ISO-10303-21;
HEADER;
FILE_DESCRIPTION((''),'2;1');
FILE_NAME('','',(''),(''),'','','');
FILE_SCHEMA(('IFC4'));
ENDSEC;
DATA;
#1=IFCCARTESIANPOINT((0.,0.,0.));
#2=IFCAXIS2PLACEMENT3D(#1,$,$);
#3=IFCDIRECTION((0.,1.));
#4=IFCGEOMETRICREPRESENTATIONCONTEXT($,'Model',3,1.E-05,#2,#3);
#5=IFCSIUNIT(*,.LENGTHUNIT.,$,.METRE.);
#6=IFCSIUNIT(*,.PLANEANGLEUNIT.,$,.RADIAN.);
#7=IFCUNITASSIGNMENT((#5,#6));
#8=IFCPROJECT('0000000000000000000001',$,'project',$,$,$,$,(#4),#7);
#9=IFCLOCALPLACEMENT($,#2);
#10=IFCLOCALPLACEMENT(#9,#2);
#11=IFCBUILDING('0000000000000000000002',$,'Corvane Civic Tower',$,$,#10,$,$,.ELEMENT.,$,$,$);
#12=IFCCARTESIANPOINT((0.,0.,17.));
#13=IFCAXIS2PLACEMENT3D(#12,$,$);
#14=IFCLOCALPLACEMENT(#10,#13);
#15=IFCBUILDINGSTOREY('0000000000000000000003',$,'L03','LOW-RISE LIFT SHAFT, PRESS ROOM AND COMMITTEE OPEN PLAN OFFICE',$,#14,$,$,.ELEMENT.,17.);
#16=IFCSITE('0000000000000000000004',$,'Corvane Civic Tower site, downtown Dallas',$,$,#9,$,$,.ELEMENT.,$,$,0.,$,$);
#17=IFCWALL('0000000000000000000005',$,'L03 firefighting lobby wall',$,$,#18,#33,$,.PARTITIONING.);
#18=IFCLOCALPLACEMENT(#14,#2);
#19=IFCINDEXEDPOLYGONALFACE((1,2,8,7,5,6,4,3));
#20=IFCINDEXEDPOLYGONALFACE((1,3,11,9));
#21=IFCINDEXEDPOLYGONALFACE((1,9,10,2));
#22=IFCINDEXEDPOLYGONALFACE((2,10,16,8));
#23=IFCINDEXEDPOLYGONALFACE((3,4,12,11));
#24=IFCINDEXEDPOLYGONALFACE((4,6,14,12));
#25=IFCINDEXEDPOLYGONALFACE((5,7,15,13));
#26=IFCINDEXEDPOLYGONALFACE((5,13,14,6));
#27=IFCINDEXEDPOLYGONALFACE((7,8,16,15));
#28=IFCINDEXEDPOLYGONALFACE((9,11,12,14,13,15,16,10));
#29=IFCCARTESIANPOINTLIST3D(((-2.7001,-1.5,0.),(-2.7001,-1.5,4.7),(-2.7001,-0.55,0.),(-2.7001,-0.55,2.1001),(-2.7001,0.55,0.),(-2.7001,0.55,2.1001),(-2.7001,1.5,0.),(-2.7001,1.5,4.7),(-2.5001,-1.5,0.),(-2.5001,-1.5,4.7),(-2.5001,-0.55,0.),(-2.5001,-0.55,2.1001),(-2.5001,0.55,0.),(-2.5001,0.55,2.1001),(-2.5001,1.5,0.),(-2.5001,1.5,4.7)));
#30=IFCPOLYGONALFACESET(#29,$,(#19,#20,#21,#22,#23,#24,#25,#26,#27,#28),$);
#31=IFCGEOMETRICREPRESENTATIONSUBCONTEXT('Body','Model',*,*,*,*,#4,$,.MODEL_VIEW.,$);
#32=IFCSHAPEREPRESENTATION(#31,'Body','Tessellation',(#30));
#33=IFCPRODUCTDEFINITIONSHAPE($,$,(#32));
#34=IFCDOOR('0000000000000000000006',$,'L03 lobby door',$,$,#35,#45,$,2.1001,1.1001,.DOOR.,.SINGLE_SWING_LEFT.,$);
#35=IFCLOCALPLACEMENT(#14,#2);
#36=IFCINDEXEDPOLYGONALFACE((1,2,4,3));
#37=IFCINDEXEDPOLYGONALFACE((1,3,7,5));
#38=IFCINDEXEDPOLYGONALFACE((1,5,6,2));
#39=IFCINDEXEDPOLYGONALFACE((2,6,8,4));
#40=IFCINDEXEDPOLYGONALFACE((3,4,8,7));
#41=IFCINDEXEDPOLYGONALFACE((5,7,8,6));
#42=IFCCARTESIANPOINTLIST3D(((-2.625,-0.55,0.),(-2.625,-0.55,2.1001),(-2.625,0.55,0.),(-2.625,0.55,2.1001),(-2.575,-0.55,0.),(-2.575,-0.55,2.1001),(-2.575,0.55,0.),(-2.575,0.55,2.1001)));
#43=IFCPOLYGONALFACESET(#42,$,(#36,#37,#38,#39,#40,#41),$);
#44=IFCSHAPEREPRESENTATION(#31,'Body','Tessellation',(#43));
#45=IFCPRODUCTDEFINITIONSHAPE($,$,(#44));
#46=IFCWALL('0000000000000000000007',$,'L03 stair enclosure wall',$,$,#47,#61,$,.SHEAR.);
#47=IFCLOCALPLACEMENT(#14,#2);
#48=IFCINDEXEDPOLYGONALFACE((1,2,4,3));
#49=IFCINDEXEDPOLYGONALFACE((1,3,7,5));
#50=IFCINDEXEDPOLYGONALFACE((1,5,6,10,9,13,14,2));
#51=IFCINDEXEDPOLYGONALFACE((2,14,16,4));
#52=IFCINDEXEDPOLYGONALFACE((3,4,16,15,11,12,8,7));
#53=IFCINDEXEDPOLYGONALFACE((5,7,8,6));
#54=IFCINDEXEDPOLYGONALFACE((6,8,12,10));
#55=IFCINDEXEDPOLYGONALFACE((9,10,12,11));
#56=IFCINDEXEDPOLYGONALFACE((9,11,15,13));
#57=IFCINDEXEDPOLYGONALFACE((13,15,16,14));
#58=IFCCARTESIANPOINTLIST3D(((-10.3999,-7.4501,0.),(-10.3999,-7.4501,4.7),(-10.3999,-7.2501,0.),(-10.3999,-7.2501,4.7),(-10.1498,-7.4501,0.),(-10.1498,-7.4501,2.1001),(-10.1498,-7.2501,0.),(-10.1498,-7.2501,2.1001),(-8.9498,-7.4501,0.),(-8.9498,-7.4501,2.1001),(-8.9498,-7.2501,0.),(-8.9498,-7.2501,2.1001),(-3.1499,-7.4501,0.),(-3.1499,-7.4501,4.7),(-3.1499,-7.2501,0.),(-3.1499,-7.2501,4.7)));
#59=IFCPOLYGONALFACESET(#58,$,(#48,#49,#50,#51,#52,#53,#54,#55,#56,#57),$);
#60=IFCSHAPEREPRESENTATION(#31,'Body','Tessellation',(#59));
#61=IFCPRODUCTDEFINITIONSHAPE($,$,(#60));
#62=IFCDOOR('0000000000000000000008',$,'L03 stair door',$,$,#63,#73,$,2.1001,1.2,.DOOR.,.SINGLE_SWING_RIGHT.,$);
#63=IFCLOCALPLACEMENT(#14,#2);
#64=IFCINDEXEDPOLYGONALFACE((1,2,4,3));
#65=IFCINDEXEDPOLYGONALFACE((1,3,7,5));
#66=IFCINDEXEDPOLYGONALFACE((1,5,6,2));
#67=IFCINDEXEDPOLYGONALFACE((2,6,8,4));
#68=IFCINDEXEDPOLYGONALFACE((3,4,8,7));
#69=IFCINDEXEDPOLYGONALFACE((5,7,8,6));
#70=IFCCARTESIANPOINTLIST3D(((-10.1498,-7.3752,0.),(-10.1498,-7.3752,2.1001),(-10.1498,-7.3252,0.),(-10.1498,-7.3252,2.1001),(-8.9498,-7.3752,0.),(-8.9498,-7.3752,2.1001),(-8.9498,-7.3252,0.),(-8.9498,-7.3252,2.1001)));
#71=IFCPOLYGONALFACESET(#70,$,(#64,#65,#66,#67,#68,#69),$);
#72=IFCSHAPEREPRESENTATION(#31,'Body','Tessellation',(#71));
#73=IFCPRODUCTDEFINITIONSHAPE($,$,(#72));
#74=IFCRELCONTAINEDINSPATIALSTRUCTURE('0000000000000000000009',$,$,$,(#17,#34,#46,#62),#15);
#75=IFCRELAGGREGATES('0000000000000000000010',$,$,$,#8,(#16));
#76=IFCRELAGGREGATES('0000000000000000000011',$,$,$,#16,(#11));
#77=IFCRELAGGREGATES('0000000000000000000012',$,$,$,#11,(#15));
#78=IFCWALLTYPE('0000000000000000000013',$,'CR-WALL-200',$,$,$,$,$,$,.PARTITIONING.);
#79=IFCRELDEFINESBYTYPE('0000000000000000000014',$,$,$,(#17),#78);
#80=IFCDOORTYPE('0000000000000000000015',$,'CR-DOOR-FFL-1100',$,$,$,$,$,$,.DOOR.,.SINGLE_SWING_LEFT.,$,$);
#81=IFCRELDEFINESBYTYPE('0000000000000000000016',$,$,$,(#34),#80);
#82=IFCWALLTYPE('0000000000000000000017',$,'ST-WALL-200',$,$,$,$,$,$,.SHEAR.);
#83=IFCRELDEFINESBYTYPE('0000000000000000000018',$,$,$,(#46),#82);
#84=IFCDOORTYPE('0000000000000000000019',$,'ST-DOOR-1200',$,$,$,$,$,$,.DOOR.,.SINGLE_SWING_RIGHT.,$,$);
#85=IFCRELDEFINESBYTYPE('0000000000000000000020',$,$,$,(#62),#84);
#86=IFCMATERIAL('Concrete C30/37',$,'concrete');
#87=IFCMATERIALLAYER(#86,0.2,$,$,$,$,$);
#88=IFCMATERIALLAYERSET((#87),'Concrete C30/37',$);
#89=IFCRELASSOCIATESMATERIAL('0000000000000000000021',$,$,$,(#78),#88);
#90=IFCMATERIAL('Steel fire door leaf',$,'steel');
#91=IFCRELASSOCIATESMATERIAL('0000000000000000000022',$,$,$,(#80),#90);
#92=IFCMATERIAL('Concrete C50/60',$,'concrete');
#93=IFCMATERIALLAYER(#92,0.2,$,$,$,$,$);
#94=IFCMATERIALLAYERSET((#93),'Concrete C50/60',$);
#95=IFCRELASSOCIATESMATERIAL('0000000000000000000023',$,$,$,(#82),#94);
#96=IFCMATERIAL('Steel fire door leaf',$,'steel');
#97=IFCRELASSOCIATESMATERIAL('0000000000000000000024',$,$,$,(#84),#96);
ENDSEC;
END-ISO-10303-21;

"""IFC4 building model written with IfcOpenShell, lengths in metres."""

from ifc_helpers import new_model, si_unit, direction, frame, frame_2d, origin, place, context, subcontext, project, spatial, rectangle, extrude, material, layer, layer_set, type_object, element, fill, save


model = new_model("IFC4")

# Units and contexts
model_context = context("Model", 3, precision=1e-05, world=origin(), true_north=direction((0.0, 1.0)))
body_context = subcontext(model_context, "Body", "Model", "MODEL_VIEW")
ifc_project = project(units=[si_unit("LENGTHUNIT", "METRE"), si_unit("PLANEANGLEUNIT", "RADIAN")], contexts=[model_context])

# Site, building, storey
site_placement = place(None, origin())
site = spatial("IfcSite", under=ifc_project, at=site_placement, Name="Corvane Civic Tower site, downtown Dallas", CompositionType="ELEMENT", RefElevation=0.0)
building_placement = place(site_placement, origin())
building = spatial("IfcBuilding", under=site, at=building_placement, Name="Corvane Civic Tower", CompositionType="ELEMENT")
storey_placement = place(building_placement, frame((0.0, 0.0, 17.0)))
storey = spatial("IfcBuildingStorey", under=building, at=storey_placement, Name="L03", Description="LOW-RISE LIFT SHAFT, PRESS ROOM AND COMMITTEE OPEN PLAN OFFICE", CompositionType="ELEMENT", Elevation=17.0)

# Shared definitions
ifc_material_1 = material(Name="Concrete C30/37", Category="concrete")
ifc_layer_1 = layer(ifc_material_1, 0.2)
ifc_layer_set_1 = layer_set([ifc_layer_1], Name="Concrete C30/37")
wall_type_1 = type_object("IfcWallType", Name="CR-WALL-200", PredefinedType="PARTITIONING", material=ifc_layer_set_1)

# Walls, openings, doors
ifc_material_2 = material(Name="Steel fire door leaf", Category="steel")
door_type_1 = type_object("IfcDoorType", Name="CR-DOOR-FFL-1100", OperationType="SINGLE_SWING_LEFT", PredefinedType="DOOR", material=ifc_material_2)
wall_1_placement = place(storey_placement, frame((-2.6001, -1.5, 0.0), z_axis=(0.0, 0.0, 1.0), x_axis=(0.0, 1.0, 0.0)))
wall_1 = element("IfcWall", 1, at=wall_1_placement, inside=storey, type_object=wall_type_1, Name="L03 firefighting lobby wall", PredefinedType="PARTITIONING", context=body_context, shape_type="SweptSolid", body=[
    extrude(rectangle(XDim=3.0, YDim=0.2, at=frame_2d((1.5, 0.0))), origin(), (0.0, 0.0, 1.0), 4.7),
])
opening_1_placement = place(wall_1_placement, frame((0.95, 0.0, 0.0)))
opening_1 = element("IfcOpeningElement", 2, at=opening_1_placement, cuts=wall_1, PredefinedType="OPENING", context=body_context, shape_type="SweptSolid", body=[
    extrude(rectangle(XDim=1.1001, YDim=2.1001, at=frame_2d((0.55, 1.05))), frame((0.0, 0.1099, 0.0), z_axis=(0.0, -1.0, 0.0), x_axis=(1.0, 0.0, 0.0)), (0.0, 0.0, 1.0), 0.22),
])
door_1_placement = place(opening_1_placement, origin())
door_1 = element("IfcDoor", 3, at=door_1_placement, inside=storey, type_object=door_type_1, Name="L03 lobby door", OperationType="SINGLE_SWING_LEFT", OverallHeight=2.1001, OverallWidth=1.1001, PredefinedType="DOOR", context=body_context, shape_type="SweptSolid", body=[
    extrude(rectangle(XDim=1.1001, YDim=2.1001, at=frame_2d((0.55, 1.05))), frame((0.0, 0.0249, 0.0), z_axis=(0.0, -1.0, 0.0), x_axis=(1.0, 0.0, 0.0)), (0.0, 0.0, 1.0), 0.05),
])
fill(opening_1, door_1)
ifc_material_3 = material(Name="Concrete C50/60", Category="concrete")
ifc_layer_2 = layer(ifc_material_3, 0.2)
ifc_layer_set_2 = layer_set([ifc_layer_2], Name="Concrete C50/60")
wall_type_2 = type_object("IfcWallType", Name="ST-WALL-200", PredefinedType="SHEAR", material=ifc_layer_set_2)
wall_2_placement = place(storey_placement, frame((-10.3999, -7.3501, 0.0), z_axis=(0.0, 0.0, 1.0), x_axis=(1.0, 0.0, 0.0)))
wall_2 = element("IfcWall", 4, at=wall_2_placement, inside=storey, type_object=wall_type_2, Name="L03 stair enclosure wall", PredefinedType="SHEAR", context=body_context, shape_type="SweptSolid", body=[
    extrude(rectangle(XDim=7.25, YDim=0.2, at=frame_2d((3.625, 0.0))), origin(), (0.0, 0.0, 1.0), 4.7),
])
opening_2_placement = place(wall_2_placement, frame((0.25, 0.0, 0.0)))
opening_2 = element("IfcOpeningElement", 5, at=opening_2_placement, cuts=wall_2, PredefinedType="OPENING", context=body_context, shape_type="SweptSolid", body=[
    extrude(rectangle(XDim=1.2, YDim=2.1001, at=frame_2d((0.6001, 1.05))), frame((0.0, 0.1099, 0.0), z_axis=(0.0, -1.0, 0.0), x_axis=(1.0, 0.0, 0.0)), (0.0, 0.0, 1.0), 0.22),
])
ifc_material_4 = material(Name="Steel fire door leaf", Category="steel")
door_type_2 = type_object("IfcDoorType", Name="ST-DOOR-1200", OperationType="SINGLE_SWING_RIGHT", PredefinedType="DOOR", material=ifc_material_4)
door_2_placement = place(opening_2_placement, origin())
door_2 = element("IfcDoor", 6, at=door_2_placement, inside=storey, type_object=door_type_2, Name="L03 stair door", OperationType="SINGLE_SWING_RIGHT", OverallHeight=2.1001, OverallWidth=1.2, PredefinedType="DOOR", context=body_context, shape_type="SweptSolid", body=[
    extrude(rectangle(XDim=1.2, YDim=2.1001, at=frame_2d((0.6001, 1.05))), frame((0.0, 0.0249, 0.0), z_axis=(0.0, -1.0, 0.0), x_axis=(1.0, 0.0, 0.0)), (0.0, 0.0, 1.0), 0.05),
])
fill(opening_2, door_2)

save(model, "model.ifc")
